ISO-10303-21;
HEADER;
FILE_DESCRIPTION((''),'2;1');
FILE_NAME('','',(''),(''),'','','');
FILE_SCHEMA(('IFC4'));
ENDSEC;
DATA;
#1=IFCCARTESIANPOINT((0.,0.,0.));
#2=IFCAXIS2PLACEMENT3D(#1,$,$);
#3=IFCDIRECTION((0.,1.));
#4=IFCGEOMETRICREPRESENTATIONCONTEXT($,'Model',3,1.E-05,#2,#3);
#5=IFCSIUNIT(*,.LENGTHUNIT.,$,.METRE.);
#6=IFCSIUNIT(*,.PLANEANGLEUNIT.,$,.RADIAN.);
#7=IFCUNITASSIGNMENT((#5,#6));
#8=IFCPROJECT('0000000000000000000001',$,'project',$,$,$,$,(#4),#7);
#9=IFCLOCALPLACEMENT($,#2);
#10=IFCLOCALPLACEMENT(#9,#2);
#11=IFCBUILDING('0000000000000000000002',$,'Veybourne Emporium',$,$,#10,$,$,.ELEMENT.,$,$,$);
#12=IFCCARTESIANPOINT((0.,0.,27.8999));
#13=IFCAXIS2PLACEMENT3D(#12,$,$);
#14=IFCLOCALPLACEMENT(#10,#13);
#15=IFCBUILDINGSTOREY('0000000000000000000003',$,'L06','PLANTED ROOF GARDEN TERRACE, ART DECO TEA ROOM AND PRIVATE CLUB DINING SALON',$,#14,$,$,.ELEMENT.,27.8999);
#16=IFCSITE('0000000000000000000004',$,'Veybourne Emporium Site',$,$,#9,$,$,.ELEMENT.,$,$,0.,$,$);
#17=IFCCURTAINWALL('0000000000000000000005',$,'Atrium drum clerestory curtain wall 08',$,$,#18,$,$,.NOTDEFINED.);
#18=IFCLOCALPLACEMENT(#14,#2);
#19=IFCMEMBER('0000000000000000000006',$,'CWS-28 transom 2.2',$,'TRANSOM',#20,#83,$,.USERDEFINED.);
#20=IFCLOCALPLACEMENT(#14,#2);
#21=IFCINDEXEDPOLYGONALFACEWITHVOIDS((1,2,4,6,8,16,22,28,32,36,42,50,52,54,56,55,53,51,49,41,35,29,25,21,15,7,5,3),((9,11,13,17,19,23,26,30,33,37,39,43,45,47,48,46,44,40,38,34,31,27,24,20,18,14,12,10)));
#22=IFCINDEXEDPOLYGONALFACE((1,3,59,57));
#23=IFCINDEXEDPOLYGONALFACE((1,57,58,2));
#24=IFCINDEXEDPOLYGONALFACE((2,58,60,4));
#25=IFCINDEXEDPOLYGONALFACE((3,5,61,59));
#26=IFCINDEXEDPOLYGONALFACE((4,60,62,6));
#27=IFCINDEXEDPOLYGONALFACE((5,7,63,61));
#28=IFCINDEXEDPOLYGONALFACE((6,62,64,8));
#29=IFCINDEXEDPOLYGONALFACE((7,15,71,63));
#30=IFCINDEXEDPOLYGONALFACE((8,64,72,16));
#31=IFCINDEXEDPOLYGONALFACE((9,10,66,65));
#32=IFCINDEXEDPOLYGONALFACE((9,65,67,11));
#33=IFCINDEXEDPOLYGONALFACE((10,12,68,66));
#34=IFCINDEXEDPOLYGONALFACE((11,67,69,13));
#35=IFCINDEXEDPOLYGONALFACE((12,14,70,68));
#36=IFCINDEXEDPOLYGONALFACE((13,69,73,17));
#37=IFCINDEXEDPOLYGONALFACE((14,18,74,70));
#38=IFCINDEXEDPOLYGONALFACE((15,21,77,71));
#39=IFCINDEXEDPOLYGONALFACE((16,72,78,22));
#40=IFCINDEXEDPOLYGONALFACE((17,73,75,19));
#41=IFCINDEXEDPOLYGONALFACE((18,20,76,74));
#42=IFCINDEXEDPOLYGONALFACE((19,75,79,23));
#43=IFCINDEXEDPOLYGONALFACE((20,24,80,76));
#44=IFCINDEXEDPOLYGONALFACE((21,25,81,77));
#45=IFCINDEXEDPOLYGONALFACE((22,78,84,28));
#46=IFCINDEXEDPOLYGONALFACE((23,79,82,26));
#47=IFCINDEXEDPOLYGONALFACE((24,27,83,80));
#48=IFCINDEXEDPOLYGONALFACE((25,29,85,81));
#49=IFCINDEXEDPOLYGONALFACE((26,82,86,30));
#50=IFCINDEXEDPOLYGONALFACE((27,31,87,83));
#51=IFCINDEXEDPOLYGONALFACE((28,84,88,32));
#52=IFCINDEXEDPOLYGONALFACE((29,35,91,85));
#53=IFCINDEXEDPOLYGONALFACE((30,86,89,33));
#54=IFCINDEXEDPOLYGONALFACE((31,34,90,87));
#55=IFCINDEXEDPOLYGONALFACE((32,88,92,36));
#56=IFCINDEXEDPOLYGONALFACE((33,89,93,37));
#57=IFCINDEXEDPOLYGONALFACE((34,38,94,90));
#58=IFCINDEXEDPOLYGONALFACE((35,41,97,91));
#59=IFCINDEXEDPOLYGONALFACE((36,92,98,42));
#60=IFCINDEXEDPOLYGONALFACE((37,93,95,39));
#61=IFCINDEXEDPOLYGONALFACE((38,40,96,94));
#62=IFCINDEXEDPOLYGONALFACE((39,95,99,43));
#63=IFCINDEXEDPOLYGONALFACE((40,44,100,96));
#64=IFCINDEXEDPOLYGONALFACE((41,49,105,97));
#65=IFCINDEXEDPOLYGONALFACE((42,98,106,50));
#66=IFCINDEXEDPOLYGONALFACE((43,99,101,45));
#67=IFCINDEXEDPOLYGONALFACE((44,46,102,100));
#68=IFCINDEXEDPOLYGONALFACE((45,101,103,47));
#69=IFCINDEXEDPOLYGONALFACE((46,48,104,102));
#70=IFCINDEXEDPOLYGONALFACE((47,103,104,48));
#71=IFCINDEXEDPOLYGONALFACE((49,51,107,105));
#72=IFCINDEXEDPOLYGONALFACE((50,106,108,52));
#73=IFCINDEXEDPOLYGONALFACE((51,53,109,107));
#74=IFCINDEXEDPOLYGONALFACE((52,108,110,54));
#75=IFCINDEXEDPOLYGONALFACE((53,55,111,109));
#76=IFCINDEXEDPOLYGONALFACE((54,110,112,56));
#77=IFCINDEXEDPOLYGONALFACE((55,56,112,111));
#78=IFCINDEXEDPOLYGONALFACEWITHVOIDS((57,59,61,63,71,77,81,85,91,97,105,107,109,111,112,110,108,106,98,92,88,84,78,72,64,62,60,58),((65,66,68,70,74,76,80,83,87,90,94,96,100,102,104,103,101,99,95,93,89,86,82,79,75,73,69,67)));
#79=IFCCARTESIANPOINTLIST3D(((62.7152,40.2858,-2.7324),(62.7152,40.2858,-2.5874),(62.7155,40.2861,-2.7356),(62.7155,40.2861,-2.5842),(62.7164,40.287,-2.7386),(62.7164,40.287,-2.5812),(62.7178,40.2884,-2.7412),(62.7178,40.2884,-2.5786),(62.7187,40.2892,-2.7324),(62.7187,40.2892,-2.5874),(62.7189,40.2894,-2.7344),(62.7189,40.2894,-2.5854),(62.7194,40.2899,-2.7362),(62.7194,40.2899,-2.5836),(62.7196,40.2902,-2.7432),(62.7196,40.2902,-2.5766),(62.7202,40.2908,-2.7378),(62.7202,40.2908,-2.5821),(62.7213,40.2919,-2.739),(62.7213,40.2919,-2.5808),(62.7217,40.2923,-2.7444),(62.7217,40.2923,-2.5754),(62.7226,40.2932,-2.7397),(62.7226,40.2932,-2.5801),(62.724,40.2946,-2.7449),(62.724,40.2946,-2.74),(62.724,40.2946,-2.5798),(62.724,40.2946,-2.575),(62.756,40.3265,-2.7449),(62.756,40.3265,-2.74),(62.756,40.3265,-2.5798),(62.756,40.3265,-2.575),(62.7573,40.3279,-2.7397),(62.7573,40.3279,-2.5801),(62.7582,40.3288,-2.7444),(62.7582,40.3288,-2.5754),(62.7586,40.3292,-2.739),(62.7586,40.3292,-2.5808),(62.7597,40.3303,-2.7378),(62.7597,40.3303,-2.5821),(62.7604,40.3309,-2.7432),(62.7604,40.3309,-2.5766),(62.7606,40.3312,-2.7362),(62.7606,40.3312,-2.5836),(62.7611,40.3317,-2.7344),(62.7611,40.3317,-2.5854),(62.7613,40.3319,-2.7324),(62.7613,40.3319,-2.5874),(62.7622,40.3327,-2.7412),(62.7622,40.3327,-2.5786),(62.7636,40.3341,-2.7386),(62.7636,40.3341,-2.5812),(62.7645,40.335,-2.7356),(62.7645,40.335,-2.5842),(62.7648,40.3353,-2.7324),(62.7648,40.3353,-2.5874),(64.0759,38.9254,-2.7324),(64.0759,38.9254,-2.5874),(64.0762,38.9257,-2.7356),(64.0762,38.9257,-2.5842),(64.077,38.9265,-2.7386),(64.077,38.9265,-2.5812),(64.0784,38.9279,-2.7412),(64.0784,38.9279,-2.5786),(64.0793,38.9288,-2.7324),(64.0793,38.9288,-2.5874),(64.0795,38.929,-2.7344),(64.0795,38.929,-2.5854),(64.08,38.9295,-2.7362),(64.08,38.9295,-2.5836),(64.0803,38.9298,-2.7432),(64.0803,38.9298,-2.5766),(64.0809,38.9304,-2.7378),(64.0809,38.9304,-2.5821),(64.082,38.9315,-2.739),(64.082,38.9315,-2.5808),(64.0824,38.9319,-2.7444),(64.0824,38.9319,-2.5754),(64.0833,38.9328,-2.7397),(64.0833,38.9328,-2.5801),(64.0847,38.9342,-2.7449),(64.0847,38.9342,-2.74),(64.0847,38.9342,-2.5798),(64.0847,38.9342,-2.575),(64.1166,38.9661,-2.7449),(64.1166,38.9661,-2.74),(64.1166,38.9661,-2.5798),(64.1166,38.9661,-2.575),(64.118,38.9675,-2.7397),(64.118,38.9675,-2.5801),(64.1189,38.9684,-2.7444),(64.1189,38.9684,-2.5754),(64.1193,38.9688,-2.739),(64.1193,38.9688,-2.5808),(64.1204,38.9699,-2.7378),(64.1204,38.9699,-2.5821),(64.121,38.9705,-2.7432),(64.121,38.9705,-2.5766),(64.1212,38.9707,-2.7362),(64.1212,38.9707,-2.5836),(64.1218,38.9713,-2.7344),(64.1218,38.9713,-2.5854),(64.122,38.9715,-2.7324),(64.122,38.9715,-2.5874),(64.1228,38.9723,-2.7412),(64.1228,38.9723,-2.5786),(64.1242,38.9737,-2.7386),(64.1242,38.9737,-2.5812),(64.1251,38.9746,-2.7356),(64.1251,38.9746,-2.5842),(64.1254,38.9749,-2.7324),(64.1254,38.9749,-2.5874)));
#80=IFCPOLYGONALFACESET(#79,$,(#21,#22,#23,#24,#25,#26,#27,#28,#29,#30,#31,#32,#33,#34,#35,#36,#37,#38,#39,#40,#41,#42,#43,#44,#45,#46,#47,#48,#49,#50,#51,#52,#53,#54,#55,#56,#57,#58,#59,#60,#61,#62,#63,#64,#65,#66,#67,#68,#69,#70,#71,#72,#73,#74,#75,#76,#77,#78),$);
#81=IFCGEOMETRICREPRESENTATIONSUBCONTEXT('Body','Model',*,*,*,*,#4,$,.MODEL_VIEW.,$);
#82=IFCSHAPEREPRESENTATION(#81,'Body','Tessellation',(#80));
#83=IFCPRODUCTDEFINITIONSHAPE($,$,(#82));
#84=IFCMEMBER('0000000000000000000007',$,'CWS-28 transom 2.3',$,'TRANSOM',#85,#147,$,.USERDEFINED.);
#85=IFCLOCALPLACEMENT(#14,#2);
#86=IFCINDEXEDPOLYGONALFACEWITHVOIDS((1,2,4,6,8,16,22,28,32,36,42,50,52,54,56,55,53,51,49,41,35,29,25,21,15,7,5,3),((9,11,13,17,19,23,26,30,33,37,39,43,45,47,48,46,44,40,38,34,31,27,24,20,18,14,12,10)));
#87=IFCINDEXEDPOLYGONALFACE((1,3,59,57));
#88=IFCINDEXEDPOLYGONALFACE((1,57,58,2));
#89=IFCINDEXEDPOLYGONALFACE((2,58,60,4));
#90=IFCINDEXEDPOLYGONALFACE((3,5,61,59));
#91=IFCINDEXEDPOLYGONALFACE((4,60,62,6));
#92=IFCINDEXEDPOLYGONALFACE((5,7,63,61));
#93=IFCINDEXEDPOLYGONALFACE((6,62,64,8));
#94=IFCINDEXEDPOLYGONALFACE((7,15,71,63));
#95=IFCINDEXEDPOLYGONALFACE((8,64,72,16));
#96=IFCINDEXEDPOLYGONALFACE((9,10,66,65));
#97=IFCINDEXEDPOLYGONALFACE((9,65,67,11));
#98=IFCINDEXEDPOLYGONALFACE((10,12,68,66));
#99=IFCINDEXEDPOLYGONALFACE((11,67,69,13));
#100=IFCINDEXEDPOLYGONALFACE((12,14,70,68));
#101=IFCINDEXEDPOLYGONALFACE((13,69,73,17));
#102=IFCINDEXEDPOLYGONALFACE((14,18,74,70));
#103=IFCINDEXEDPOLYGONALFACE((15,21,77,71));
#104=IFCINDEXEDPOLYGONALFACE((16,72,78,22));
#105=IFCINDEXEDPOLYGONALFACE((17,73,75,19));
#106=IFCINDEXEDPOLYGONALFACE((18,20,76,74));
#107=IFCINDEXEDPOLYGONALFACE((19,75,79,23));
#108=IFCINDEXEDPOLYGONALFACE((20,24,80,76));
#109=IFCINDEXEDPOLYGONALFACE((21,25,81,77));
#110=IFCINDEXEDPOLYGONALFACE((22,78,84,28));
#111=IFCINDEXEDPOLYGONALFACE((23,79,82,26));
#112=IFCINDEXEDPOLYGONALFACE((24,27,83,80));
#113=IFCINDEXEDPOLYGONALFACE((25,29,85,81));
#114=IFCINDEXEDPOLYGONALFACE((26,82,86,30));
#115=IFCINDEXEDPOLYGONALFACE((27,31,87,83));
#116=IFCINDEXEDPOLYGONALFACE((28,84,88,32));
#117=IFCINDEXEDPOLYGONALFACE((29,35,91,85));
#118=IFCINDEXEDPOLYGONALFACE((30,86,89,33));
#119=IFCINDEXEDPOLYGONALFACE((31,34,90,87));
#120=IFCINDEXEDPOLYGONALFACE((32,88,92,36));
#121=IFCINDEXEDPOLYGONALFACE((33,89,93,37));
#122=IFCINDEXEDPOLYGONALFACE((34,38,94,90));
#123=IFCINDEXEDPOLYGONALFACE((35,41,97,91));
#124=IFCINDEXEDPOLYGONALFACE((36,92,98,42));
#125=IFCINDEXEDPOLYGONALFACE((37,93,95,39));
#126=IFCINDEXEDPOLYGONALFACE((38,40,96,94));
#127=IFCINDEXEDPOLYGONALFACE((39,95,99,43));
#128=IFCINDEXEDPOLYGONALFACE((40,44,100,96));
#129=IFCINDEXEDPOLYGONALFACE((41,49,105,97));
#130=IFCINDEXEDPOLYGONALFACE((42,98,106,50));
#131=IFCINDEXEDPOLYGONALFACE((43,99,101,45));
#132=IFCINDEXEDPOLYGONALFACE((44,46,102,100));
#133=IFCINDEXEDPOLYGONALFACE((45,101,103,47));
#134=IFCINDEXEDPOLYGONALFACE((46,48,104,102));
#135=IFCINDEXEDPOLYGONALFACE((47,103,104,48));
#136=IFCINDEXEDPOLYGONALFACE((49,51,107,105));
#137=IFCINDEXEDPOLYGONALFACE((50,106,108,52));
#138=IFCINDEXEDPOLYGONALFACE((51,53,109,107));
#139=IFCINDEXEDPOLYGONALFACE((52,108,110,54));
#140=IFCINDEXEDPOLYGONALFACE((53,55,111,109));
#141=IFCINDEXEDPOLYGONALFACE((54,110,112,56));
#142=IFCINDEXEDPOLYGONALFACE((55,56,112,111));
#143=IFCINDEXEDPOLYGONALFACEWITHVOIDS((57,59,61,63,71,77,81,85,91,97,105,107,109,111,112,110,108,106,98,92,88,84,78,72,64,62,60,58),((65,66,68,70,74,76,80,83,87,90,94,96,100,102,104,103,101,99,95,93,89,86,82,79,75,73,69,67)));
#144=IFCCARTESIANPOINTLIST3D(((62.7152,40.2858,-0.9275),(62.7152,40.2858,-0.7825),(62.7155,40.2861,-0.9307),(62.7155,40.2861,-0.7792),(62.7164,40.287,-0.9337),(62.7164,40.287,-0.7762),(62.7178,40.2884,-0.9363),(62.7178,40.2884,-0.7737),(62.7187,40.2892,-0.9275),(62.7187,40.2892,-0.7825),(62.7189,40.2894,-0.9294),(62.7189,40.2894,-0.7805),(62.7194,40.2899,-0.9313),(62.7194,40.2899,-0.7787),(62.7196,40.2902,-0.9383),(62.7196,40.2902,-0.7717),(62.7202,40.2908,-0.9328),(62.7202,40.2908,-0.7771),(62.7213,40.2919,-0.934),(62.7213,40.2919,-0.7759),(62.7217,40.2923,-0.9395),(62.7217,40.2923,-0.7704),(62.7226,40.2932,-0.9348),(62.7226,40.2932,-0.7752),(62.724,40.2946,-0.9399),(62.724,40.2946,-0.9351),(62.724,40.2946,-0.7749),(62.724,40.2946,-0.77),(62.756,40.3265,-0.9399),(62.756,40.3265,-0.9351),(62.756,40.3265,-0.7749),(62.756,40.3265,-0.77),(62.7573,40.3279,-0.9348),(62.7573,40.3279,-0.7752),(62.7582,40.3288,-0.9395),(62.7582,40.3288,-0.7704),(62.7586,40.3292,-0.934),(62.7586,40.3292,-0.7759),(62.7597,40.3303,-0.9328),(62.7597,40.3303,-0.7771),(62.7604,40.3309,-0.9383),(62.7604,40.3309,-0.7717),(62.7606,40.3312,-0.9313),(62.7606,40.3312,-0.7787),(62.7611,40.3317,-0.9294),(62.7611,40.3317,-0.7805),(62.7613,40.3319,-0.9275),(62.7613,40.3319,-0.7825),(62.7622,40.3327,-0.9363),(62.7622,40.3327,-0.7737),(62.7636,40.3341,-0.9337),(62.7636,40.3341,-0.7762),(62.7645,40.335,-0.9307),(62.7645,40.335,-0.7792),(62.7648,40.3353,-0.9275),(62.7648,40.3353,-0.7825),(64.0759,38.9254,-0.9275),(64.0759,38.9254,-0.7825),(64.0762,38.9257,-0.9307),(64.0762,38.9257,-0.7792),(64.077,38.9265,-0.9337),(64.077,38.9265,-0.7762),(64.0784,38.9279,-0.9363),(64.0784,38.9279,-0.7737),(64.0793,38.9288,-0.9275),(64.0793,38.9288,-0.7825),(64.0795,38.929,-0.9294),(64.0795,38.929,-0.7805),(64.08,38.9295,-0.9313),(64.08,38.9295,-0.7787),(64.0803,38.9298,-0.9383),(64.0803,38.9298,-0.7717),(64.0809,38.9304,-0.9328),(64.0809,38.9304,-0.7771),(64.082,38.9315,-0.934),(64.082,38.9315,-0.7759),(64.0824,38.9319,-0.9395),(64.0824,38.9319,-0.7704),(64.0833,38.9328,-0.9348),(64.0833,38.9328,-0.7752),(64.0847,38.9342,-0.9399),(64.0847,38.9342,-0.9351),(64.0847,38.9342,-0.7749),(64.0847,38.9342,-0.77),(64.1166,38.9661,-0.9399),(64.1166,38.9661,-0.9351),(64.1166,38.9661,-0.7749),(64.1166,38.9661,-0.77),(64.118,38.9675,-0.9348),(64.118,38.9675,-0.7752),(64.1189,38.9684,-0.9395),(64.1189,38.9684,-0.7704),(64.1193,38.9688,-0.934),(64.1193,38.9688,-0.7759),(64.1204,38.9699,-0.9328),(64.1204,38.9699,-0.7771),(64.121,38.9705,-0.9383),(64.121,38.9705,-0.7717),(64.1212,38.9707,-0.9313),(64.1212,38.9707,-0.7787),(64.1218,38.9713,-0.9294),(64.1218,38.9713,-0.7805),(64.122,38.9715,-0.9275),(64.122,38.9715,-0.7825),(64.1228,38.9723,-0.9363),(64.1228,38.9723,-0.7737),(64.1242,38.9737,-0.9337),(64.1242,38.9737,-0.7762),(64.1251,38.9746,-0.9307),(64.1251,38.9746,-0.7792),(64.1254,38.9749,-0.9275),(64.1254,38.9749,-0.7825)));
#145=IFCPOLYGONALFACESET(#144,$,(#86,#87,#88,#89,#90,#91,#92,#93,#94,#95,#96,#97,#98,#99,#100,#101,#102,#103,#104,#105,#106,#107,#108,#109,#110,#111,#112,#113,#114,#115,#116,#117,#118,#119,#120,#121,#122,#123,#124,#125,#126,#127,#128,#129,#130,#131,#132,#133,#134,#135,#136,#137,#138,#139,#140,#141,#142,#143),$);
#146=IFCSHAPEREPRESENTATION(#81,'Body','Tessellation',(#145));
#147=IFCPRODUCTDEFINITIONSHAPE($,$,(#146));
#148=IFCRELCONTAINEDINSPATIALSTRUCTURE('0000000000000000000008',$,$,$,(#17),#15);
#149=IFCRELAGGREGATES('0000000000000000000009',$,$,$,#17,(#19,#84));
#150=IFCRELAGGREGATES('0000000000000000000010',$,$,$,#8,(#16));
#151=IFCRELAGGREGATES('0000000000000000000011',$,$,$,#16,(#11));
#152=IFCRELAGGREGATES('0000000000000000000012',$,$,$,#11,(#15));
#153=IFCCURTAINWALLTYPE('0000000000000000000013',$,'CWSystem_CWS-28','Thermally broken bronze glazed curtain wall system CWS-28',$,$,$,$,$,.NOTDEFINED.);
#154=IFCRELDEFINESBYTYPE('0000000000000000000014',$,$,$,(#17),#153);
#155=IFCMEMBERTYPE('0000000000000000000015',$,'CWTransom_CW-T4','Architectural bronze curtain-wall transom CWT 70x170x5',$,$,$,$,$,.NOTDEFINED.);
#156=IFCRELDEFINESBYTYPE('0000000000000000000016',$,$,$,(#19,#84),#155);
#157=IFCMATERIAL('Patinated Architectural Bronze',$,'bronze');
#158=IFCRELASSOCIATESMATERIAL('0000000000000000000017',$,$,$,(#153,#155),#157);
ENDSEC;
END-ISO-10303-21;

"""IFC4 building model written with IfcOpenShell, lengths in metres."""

from ifc_helpers import new_model, si_unit, direction, frame, origin, origin_2d, place, context, subcontext, project, spatial, hollow_rectangle, extrude, material, material_profile, profile_set, type_object, element, aggregate, save


model = new_model("IFC4")

# Units and contexts
model_context = context("Model", 3, precision=1e-05, world=origin(), true_north=direction((0.0, 1.0)))
body_context = subcontext(model_context, "Body", "Model", "MODEL_VIEW")
ifc_project = project(units=[si_unit("LENGTHUNIT", "METRE"), si_unit("PLANEANGLEUNIT", "RADIAN")], contexts=[model_context])

# Site, building, storey
site_placement = place(None, origin())
site = spatial("IfcSite", under=ifc_project, at=site_placement, Name="Veybourne Emporium Site", CompositionType="ELEMENT", RefElevation=0.0)
building_placement = place(site_placement, origin())
building = spatial("IfcBuilding", under=site, at=building_placement, Name="Veybourne Emporium", CompositionType="ELEMENT")
storey_placement = place(building_placement, frame((0.0, 0.0, 27.8999)))
storey = spatial("IfcBuildingStorey", under=building, at=storey_placement, Name="L06", Description="PLANTED ROOF GARDEN TERRACE, ART DECO TEA ROOM AND PRIVATE CLUB DINING SALON", CompositionType="ELEMENT", Elevation=27.8999)

# Shared definitions
ifc_material_1 = material(Name="Patinated Architectural Bronze", Category="bronze")

# Curtain wall
curtain_wall_type_1 = type_object("IfcCurtainWallType", Name="CWSystem_CWS-28", Description="Thermally broken bronze glazed curtain wall system CWS-28", PredefinedType="NOTDEFINED", material=ifc_material_1)
curtain_wall_1_placement = place(storey_placement, origin())
curtain_wall_1 = element("IfcCurtainWall", 1, at=curtain_wall_1_placement, inside=storey, type_object=curtain_wall_type_1, Name="Atrium drum clerestory curtain wall 08", PredefinedType="NOTDEFINED")

# Members
ifc_material_profile_1 = material_profile(ifc_material_1, hollow_rectangle(XDim=0.0701, YDim=0.1699, WallThickness=0.0049, InnerFilletRadius=0.0076, OuterFilletRadius=0.0125, at=origin_2d()), Name="CWT 70x170x5")
ifc_profile_set_1 = profile_set([ifc_material_profile_1], Name="Patinated Architectural Bronze")
member_type_1 = type_object("IfcMemberType", Name="CWTransom_CW-T4", Description="Architectural bronze curtain-wall transom CWT 70x170x5", PredefinedType="NOTDEFINED", material=ifc_profile_set_1)
member_1_placement = place(storey_placement, frame((62.74, 40.3105, -2.6599), z_axis=(0.70717, -0.707043, 0.0), x_axis=(0.707043, 0.70717, 0.0)))
member_1 = element("IfcMember", 2, at=member_1_placement, type_object=member_type_1, Name="CWS-28 transom 2.2", ObjectType="TRANSOM", PredefinedType="USERDEFINED", context=body_context, shape_type="SweptSolid", body=[
    extrude(hollow_rectangle(XDim=0.0701, YDim=0.1699, WallThickness=0.0049, InnerFilletRadius=0.0076, OuterFilletRadius=0.0125, at=origin_2d()), origin(), (0.0, 0.0, 1.0), 1.9241),
])
member_2_placement = place(storey_placement, frame((62.74, 40.3105, -0.855), z_axis=(0.70717, -0.707043, 0.0), x_axis=(0.707043, 0.70717, 0.0)))
member_2 = element("IfcMember", 3, at=member_2_placement, type_object=member_type_1, Name="CWS-28 transom 2.3", ObjectType="TRANSOM", PredefinedType="USERDEFINED", context=body_context, shape_type="SweptSolid", body=[
    extrude(hollow_rectangle(XDim=0.0701, YDim=0.1699, WallThickness=0.0049, InnerFilletRadius=0.0076, OuterFilletRadius=0.0125, at=origin_2d()), origin(), (0.0, 0.0, 1.0), 1.9241),
])

aggregate(curtain_wall_1, [member_1, member_2])

save(model, "model.ifc")
